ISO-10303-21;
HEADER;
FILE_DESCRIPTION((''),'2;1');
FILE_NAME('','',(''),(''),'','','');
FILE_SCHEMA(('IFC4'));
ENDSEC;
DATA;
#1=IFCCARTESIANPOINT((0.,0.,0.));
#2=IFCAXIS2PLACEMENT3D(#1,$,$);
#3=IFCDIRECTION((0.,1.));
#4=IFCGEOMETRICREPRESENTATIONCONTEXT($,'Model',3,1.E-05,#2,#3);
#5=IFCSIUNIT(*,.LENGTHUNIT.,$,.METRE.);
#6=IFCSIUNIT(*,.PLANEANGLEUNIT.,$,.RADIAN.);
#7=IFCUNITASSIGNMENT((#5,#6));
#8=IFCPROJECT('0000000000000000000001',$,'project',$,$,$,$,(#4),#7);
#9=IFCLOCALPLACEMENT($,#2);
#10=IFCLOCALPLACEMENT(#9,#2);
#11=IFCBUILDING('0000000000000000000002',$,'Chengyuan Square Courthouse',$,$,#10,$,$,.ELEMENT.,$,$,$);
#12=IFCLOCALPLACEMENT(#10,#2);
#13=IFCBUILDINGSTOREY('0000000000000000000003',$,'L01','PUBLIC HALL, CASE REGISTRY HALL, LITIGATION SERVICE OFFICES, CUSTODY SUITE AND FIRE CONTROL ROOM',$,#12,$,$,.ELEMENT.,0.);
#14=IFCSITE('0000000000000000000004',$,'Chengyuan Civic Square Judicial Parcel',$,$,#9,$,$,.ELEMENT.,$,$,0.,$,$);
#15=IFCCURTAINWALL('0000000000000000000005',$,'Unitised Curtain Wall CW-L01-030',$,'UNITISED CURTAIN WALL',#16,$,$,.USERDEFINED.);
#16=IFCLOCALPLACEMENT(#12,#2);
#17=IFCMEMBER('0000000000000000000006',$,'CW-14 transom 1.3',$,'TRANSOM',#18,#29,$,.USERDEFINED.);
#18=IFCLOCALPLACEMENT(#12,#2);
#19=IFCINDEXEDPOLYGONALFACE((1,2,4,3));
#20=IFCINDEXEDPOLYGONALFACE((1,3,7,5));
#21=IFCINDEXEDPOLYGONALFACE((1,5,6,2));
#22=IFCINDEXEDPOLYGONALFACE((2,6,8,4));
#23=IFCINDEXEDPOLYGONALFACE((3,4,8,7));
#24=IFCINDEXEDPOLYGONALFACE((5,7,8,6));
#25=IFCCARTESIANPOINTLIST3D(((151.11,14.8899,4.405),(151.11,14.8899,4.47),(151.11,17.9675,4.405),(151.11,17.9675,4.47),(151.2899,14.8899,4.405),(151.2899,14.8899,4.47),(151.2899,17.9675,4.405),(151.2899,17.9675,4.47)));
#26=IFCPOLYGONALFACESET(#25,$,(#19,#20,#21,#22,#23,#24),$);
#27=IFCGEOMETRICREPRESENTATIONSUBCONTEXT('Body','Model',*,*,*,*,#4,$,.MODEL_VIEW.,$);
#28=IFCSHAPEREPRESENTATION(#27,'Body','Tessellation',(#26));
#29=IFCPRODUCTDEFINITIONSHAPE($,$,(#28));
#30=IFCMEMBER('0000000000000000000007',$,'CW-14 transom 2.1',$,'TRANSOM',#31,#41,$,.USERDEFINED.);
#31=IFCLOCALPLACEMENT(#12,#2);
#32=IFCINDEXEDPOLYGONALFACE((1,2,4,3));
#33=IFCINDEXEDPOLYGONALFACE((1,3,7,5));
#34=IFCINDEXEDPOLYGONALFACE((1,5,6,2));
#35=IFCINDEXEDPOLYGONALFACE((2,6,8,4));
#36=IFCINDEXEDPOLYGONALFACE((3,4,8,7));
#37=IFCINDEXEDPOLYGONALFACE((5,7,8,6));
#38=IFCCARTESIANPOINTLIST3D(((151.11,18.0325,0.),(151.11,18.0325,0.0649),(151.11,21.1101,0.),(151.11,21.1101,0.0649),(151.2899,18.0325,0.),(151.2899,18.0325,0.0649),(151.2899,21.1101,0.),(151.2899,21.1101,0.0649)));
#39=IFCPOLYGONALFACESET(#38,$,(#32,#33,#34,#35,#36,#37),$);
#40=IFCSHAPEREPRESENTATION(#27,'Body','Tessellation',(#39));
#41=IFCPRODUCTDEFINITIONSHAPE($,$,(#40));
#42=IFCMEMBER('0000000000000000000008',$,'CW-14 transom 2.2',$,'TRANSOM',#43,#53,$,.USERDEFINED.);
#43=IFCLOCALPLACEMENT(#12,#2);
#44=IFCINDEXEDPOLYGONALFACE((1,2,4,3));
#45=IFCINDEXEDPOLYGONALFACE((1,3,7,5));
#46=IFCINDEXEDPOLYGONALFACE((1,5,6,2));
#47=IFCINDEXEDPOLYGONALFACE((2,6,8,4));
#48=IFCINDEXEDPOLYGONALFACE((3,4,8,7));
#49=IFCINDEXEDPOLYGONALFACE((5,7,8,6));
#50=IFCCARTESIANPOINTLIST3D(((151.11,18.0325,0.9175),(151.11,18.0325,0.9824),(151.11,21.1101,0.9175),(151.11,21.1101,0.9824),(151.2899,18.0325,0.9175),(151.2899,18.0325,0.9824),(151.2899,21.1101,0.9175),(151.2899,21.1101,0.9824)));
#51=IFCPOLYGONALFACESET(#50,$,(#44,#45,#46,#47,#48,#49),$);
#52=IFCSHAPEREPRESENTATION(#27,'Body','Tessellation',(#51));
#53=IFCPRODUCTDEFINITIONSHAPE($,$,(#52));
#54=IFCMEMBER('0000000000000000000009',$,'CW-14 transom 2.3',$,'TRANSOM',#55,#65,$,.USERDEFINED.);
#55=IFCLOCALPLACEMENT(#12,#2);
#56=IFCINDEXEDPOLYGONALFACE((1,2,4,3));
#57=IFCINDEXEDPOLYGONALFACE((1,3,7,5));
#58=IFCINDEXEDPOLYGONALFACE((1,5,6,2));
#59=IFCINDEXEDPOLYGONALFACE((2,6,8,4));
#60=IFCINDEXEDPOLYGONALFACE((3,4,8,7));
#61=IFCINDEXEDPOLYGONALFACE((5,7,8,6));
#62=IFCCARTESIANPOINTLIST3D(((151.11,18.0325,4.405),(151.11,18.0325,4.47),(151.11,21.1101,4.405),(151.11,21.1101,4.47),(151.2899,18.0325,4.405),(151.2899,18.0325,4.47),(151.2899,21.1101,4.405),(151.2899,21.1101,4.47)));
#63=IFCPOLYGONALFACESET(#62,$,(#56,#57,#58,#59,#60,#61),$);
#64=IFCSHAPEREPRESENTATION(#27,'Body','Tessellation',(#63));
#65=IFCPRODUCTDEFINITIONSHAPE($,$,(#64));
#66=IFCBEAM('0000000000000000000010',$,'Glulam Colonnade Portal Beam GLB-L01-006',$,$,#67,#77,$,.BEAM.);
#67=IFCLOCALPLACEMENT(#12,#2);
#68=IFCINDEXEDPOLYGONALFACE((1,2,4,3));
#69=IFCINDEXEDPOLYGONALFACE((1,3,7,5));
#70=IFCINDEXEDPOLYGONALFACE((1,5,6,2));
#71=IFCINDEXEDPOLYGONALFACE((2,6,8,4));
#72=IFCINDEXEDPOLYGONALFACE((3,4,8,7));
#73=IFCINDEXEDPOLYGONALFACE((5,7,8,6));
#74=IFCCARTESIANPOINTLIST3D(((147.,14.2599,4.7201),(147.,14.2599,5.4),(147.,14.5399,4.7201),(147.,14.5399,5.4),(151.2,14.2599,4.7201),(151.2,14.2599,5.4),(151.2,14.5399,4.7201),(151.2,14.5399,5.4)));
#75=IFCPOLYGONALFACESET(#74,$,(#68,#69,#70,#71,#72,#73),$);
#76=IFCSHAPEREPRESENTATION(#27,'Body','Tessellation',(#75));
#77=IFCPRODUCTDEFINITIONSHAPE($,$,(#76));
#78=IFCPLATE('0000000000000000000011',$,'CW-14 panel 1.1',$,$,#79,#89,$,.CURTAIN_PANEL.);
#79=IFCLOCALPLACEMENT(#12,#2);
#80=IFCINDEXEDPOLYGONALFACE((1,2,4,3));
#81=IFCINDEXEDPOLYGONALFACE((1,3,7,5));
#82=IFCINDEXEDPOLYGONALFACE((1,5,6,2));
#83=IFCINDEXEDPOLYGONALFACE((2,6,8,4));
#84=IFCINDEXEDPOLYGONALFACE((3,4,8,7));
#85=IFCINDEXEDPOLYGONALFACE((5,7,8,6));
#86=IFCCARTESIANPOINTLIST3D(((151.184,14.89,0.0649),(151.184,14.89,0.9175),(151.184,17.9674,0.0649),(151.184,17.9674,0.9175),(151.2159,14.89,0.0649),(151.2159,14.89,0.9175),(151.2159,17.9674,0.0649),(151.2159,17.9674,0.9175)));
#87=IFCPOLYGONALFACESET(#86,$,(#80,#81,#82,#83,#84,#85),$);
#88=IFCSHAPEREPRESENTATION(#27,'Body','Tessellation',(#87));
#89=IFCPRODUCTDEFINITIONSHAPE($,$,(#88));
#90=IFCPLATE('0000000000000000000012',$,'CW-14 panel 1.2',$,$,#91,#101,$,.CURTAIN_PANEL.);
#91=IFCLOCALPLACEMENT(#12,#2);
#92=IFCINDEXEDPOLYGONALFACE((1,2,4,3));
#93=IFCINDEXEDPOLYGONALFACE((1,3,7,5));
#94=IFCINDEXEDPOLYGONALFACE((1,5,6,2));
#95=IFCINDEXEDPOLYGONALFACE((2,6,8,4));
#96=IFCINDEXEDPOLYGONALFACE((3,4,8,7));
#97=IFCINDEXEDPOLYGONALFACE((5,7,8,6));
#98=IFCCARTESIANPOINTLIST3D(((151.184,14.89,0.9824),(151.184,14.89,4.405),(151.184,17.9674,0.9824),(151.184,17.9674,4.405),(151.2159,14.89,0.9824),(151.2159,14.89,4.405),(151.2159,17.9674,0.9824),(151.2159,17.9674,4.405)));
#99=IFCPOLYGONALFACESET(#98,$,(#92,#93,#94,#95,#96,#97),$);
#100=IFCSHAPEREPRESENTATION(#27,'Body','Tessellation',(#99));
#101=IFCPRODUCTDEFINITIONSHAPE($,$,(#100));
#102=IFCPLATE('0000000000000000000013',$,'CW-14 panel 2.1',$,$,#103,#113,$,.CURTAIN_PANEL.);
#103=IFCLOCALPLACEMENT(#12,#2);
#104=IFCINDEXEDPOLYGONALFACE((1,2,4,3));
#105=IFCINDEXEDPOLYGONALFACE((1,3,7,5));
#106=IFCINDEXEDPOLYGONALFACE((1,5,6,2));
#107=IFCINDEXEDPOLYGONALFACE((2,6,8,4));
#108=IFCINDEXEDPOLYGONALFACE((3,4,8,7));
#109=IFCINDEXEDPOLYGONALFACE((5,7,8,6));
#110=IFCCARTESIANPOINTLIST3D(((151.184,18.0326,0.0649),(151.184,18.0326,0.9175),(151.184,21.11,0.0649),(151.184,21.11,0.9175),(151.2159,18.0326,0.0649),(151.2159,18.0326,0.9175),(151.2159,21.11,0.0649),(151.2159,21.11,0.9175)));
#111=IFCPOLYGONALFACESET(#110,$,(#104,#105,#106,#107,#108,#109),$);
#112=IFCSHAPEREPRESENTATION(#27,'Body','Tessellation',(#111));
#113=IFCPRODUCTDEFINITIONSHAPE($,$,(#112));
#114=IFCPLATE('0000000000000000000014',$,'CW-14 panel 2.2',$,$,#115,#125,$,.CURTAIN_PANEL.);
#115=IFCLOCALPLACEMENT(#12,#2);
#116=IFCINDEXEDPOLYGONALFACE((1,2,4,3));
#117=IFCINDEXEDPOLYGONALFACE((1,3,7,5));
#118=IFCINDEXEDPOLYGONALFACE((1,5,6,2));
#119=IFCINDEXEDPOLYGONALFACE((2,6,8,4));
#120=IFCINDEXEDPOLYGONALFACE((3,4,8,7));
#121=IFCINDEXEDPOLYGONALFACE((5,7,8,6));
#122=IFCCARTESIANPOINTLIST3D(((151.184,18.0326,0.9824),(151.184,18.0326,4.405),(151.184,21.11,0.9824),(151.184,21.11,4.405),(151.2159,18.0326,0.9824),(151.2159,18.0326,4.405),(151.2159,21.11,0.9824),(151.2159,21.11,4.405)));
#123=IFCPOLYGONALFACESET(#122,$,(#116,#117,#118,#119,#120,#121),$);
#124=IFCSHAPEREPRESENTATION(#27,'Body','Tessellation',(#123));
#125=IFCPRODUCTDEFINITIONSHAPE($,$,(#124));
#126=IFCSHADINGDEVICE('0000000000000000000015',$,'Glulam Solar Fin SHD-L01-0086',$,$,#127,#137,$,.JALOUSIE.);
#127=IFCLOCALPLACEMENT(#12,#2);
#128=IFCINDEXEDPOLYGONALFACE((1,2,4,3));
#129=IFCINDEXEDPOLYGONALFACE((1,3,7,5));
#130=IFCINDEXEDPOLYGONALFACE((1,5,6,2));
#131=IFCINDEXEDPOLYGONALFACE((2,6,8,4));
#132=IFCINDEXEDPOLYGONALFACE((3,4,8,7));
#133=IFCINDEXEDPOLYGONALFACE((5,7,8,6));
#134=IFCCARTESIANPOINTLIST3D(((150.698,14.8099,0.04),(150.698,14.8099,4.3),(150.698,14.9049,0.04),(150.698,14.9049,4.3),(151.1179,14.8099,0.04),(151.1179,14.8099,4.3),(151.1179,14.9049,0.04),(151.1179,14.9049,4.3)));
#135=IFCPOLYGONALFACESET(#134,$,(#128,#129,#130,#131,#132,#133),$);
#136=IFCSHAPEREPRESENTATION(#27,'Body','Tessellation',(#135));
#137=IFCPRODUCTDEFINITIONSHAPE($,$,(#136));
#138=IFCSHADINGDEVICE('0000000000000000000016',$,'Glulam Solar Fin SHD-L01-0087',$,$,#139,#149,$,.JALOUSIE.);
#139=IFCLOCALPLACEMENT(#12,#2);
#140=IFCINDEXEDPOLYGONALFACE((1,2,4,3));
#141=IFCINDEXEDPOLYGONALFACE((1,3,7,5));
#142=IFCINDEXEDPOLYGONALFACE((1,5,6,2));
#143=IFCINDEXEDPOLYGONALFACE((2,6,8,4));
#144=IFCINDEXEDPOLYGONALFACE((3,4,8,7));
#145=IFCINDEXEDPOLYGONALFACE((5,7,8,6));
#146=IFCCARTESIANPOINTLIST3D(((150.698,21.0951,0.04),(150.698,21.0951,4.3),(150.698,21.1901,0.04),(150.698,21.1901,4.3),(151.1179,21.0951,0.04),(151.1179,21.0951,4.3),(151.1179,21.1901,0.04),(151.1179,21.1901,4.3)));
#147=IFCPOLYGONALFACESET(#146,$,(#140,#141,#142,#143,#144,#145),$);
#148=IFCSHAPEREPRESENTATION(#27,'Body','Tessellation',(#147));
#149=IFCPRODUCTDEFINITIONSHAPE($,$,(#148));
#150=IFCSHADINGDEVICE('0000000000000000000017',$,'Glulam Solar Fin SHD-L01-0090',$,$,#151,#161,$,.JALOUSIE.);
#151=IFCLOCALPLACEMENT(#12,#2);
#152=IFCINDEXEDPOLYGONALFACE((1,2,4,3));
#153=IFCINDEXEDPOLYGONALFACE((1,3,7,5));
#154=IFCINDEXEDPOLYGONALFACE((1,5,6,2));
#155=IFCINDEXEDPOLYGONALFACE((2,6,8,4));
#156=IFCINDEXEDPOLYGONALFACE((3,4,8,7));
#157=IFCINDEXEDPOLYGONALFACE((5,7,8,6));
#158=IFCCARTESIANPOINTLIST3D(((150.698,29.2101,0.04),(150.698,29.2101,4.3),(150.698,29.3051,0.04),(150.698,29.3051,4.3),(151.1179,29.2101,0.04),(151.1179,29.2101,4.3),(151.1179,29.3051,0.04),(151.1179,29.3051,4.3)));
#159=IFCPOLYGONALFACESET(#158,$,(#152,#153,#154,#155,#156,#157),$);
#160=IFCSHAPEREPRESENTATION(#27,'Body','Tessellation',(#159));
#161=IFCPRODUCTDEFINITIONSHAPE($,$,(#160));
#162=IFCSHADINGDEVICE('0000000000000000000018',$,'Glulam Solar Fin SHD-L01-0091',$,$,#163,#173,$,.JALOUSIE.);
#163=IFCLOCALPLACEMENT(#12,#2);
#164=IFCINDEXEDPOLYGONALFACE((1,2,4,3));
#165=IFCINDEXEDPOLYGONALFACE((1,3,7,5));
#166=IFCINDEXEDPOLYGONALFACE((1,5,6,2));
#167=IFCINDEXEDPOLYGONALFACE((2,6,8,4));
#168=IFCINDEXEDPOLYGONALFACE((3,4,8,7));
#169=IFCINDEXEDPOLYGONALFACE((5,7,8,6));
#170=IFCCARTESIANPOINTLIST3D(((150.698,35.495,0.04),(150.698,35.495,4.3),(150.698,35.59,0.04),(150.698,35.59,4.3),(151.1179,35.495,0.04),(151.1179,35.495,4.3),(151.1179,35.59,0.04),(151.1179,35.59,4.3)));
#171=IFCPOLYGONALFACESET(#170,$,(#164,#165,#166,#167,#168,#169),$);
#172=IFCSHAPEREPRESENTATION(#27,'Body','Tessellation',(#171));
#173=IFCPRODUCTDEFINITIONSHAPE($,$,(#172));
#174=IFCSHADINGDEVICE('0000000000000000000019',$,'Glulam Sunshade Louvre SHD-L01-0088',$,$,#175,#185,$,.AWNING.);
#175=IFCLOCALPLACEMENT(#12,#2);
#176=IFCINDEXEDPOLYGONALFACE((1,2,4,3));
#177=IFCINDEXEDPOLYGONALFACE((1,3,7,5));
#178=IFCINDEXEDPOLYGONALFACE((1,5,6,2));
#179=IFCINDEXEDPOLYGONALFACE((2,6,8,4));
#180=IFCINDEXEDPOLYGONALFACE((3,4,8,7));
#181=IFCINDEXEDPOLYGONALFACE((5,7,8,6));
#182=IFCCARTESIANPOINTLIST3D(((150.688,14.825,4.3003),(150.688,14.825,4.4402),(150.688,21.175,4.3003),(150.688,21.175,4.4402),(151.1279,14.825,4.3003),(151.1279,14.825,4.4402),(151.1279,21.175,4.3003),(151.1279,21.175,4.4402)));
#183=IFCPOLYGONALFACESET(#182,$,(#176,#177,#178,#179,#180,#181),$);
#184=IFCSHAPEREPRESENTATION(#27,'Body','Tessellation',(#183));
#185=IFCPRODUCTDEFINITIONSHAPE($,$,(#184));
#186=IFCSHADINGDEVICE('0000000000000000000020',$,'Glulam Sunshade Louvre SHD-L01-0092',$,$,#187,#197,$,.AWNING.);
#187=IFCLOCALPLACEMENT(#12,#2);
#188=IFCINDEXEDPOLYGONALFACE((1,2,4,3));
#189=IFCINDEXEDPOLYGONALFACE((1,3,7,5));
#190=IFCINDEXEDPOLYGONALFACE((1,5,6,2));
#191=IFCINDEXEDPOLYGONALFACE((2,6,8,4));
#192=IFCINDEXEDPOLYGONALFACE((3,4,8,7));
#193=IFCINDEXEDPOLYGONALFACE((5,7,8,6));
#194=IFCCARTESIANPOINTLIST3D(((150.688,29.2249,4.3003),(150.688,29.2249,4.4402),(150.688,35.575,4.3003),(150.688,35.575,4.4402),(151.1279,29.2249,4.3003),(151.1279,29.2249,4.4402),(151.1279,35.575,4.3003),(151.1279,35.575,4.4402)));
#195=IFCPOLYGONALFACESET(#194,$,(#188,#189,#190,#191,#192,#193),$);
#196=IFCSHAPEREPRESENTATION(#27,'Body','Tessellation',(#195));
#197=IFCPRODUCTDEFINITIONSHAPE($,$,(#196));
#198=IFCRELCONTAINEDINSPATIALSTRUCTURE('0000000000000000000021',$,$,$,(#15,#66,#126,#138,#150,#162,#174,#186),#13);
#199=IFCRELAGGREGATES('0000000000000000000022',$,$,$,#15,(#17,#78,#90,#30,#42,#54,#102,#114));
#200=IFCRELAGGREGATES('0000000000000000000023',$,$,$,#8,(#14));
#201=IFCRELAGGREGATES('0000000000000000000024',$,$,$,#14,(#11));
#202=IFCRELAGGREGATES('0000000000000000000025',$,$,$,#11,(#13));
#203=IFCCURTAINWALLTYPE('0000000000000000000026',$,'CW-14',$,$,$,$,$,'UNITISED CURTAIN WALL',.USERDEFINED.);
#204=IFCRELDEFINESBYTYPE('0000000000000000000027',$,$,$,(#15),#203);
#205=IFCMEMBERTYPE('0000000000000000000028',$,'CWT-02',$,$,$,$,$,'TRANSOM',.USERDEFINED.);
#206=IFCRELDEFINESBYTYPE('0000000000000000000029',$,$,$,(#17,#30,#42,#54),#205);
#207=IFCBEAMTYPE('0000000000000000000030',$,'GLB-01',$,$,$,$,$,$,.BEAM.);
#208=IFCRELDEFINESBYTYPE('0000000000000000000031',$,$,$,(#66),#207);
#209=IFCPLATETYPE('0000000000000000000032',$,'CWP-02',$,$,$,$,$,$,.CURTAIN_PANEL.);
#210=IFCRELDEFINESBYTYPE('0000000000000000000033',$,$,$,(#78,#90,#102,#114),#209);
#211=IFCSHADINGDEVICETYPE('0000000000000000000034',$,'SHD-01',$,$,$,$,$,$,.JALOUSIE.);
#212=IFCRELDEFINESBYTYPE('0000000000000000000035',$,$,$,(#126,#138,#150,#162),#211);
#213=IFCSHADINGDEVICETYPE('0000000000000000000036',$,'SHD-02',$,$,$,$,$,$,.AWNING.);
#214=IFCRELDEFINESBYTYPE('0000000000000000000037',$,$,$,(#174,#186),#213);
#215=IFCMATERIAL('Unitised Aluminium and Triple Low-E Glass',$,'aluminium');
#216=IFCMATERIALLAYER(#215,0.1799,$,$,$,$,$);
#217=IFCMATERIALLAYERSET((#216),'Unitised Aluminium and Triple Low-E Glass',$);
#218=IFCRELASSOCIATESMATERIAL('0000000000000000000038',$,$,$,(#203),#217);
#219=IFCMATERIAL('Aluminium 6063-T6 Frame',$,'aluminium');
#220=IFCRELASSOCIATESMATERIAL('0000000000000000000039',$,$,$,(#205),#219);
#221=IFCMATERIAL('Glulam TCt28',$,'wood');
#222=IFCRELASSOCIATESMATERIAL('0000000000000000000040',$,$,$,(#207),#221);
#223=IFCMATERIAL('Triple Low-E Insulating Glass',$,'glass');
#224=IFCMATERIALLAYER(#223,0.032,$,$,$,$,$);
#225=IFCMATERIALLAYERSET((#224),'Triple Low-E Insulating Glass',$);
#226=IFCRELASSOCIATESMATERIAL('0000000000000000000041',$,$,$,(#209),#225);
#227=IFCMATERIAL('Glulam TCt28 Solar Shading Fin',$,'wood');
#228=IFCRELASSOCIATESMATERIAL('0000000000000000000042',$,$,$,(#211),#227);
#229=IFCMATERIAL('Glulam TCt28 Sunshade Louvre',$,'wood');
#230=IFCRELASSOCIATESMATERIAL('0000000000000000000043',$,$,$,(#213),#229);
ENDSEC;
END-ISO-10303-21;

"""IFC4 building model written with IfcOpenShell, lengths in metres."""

from ifc_helpers import new_model, si_unit, direction, frame, origin, origin_2d, place, context, subcontext, project, spatial, rectangle, extrude, material, layer, layer_set, material_profile, profile_set, type_object, element, aggregate, save


model = new_model("IFC4")

# Units and contexts
model_context = context("Model", 3, precision=1e-05, world=origin(), true_north=direction((0.0, 1.0)))
body_context = subcontext(model_context, "Body", "Model", "MODEL_VIEW")
ifc_project = project(units=[si_unit("LENGTHUNIT", "METRE"), si_unit("PLANEANGLEUNIT", "RADIAN")], contexts=[model_context])

# Site, building, storey
site_placement = place(None, origin())
site = spatial("IfcSite", under=ifc_project, at=site_placement, Name="Chengyuan Civic Square Judicial Parcel", CompositionType="ELEMENT", RefElevation=0.0)
building_placement = place(site_placement, origin())
building = spatial("IfcBuilding", under=site, at=building_placement, Name="Chengyuan Square Courthouse", CompositionType="ELEMENT")
storey_placement = place(building_placement, origin())
storey = spatial("IfcBuildingStorey", under=building, at=storey_placement, Name="L01", Description="PUBLIC HALL, CASE REGISTRY HALL, LITIGATION SERVICE OFFICES, CUSTODY SUITE AND FIRE CONTROL ROOM", CompositionType="ELEMENT", Elevation=0.0)

# Shared definitions
ifc_material_1 = material(Name="Glulam TCt28", Category="wood")

# Curtain wall, members
ifc_material_2 = material(Name="Unitised Aluminium and Triple Low-E Glass", Category="aluminium")
ifc_layer_1 = layer(ifc_material_2, 0.1799)
ifc_layer_set_1 = layer_set([ifc_layer_1], Name="Unitised Aluminium and Triple Low-E Glass")
curtain_wall_type = type_object("IfcCurtainWallType", Name="CW-14", ElementType="UNITISED CURTAIN WALL", PredefinedType="USERDEFINED", material=ifc_layer_set_1)
curtain_wall_placement = place(storey_placement, origin())
curtain_wall = element("IfcCurtainWall", 1, at=curtain_wall_placement, inside=storey, type_object=curtain_wall_type, Name="Unitised Curtain Wall CW-L01-030", ObjectType="UNITISED CURTAIN WALL", PredefinedType="USERDEFINED")
ifc_material_3 = material(Name="Aluminium 6063-T6 Frame", Category="aluminium")
ifc_material_profile_1 = material_profile(ifc_material_3, rectangle(XDim=0.1799, YDim=0.0649, at=origin_2d()), Name="CW-TRN-65x140")
ifc_profile_set_1 = profile_set([ifc_material_profile_1], Name="Aluminium 6063-T6 Frame")
member_type_1 = type_object("IfcMemberType", Name="CWT-02", ElementType="TRANSOM", PredefinedType="USERDEFINED", material=ifc_profile_set_1)
member_1_placement = place(storey_placement, frame((151.2, 14.8899, 4.4375), z_axis=(0.0, 1.0, 0.0), x_axis=(-1.0, 0.0, 0.0)))
member_1 = element("IfcMember", 2, at=member_1_placement, type_object=member_type_1, Name="CW-14 transom 1.3", ObjectType="TRANSOM", PredefinedType="USERDEFINED", context=body_context, shape_type="SweptSolid", body=[
    extrude(rectangle(XDim=0.1799, YDim=0.0649, at=origin_2d()), origin(), (0.0, 0.0, 1.0), 3.0776),
])
member_2_placement = place(storey_placement, frame((151.2, 18.0325, 0.0325), z_axis=(0.0, 1.0, 0.0), x_axis=(-1.0, 0.0, 0.0)))
member_2 = element("IfcMember", 3, at=member_2_placement, type_object=member_type_1, Name="CW-14 transom 2.1", ObjectType="TRANSOM", PredefinedType="USERDEFINED", context=body_context, shape_type="SweptSolid", body=[
    extrude(rectangle(XDim=0.1799, YDim=0.0649, at=origin_2d()), origin(), (0.0, 0.0, 1.0), 3.0776),
])
member_3_placement = place(storey_placement, frame((151.2, 18.0325, 0.95), z_axis=(0.0, 1.0, 0.0), x_axis=(-1.0, 0.0, 0.0)))
member_3 = element("IfcMember", 4, at=member_3_placement, type_object=member_type_1, Name="CW-14 transom 2.2", ObjectType="TRANSOM", PredefinedType="USERDEFINED", context=body_context, shape_type="SweptSolid", body=[
    extrude(rectangle(XDim=0.1799, YDim=0.0649, at=origin_2d()), origin(), (0.0, 0.0, 1.0), 3.0776),
])
member_4_placement = place(storey_placement, frame((151.2, 18.0325, 4.4375), z_axis=(0.0, 1.0, 0.0), x_axis=(-1.0, 0.0, 0.0)))
member_4 = element("IfcMember", 5, at=member_4_placement, type_object=member_type_1, Name="CW-14 transom 2.3", ObjectType="TRANSOM", PredefinedType="USERDEFINED", context=body_context, shape_type="SweptSolid", body=[
    extrude(rectangle(XDim=0.1799, YDim=0.0649, at=origin_2d()), origin(), (0.0, 0.0, 1.0), 3.0776),
])

# Beam
ifc_material_profile_2 = material_profile(ifc_material_1, rectangle(XDim=0.28, YDim=0.6799, at=origin_2d()), Name="GL-BM-280x680")
ifc_profile_set_2 = profile_set([ifc_material_profile_2], Name="Glulam TCt28")
beam_type_1 = type_object("IfcBeamType", Name="GLB-01", PredefinedType="BEAM", material=ifc_profile_set_2)
beam_1_placement = place(storey_placement, frame((151.2, 14.3999, 5.0601), z_axis=(-1.0, 0.0, 0.0), x_axis=(0.0, -1.0, 0.0)))
element("IfcBeam", 6, at=beam_1_placement, inside=storey, type_object=beam_type_1, Name="Glulam Colonnade Portal Beam GLB-L01-006", PredefinedType="BEAM", context=body_context, shape_type="SweptSolid", body=[
    extrude(rectangle(XDim=0.28, YDim=0.6799, at=origin_2d()), origin(), (0.0, 0.0, 1.0), 4.2),
])

# Plates
ifc_material_4 = material(Name="Triple Low-E Insulating Glass", Category="glass")
ifc_layer_2 = layer(ifc_material_4, 0.032)
ifc_layer_set_2 = layer_set([ifc_layer_2], Name="Triple Low-E Insulating Glass")
plate_type = type_object("IfcPlateType", Name="CWP-02", PredefinedType="CURTAIN_PANEL", material=ifc_layer_set_2)
plate_1_placement = place(storey_placement, frame((151.2, 16.4287, 0.0649), z_axis=(0.0, 0.0, 1.0), x_axis=(0.0, 1.0, 0.0)))
plate_1 = element("IfcPlate", 7, at=plate_1_placement, type_object=plate_type, Name="CW-14 panel 1.1", PredefinedType="CURTAIN_PANEL", context=body_context, shape_type="SweptSolid", body=[
    extrude(rectangle(XDim=3.0774, YDim=0.032, at=origin_2d()), origin(), (0.0, 0.0, 1.0), 0.8525),
])
plate_2_placement = place(storey_placement, frame((151.2, 16.4287, 0.9824), z_axis=(0.0, 0.0, 1.0), x_axis=(0.0, 1.0, 0.0)))
plate_2 = element("IfcPlate", 8, at=plate_2_placement, type_object=plate_type, Name="CW-14 panel 1.2", PredefinedType="CURTAIN_PANEL", context=body_context, shape_type="SweptSolid", body=[
    extrude(rectangle(XDim=3.0774, YDim=0.032, at=origin_2d()), origin(), (0.0, 0.0, 1.0), 3.4226),
])
plate_3_placement = place(storey_placement, frame((151.2, 19.5713, 0.0649), z_axis=(0.0, 0.0, 1.0), x_axis=(0.0, 1.0, 0.0)))
plate_3 = element("IfcPlate", 9, at=plate_3_placement, type_object=plate_type, Name="CW-14 panel 2.1", PredefinedType="CURTAIN_PANEL", context=body_context, shape_type="SweptSolid", body=[
    extrude(rectangle(XDim=3.0774, YDim=0.032, at=origin_2d()), origin(), (0.0, 0.0, 1.0), 0.8525),
])
plate_4_placement = place(storey_placement, frame((151.2, 19.5713, 0.9824), z_axis=(0.0, 0.0, 1.0), x_axis=(0.0, 1.0, 0.0)))
plate_4 = element("IfcPlate", 10, at=plate_4_placement, type_object=plate_type, Name="CW-14 panel 2.2", PredefinedType="CURTAIN_PANEL", context=body_context, shape_type="SweptSolid", body=[
    extrude(rectangle(XDim=3.0774, YDim=0.032, at=origin_2d()), origin(), (0.0, 0.0, 1.0), 3.4226),
])
aggregate(curtain_wall, [member_1, plate_1, plate_2, member_2, member_3, member_4, plate_3, plate_4])

# Shading devices
ifc_material_5 = material(Name="Glulam TCt28 Solar Shading Fin", Category="wood")
shading_device_type_1 = type_object("IfcShadingDeviceType", Name="SHD-01", PredefinedType="JALOUSIE", material=ifc_material_5)
for number, where, z_axis, x_axis, name in (
    (11, (150.908, 14.8574, 0.04), (0.0, 0.0, 1.0), (1.0, 0.0, 0.0), "Glulam Solar Fin SHD-L01-0086"),
    (12, (150.908, 21.1426, 0.04), (0.0, 0.0, 1.0), (1.0, 0.0, 0.0), "Glulam Solar Fin SHD-L01-0087"),
    (13, (150.908, 29.2576, 0.04), (0.0, 0.0, 1.0), (1.0, 0.0, 0.0), "Glulam Solar Fin SHD-L01-0090"),
    (14, (150.908, 35.5425, 0.04), (0.0, 0.0, 1.0), (1.0, 0.0, 0.0), "Glulam Solar Fin SHD-L01-0091"),
):
    element("IfcShadingDevice", number, at=place(storey_placement, frame(where, z_axis=z_axis, x_axis=x_axis)), inside=storey, type_object=shading_device_type_1, Name=name, PredefinedType="JALOUSIE", context=body_context, shape_type="SweptSolid", body=[
        extrude(rectangle(XDim=0.4199, YDim=0.095, at=origin_2d()), origin(), (0.0, 0.0, 1.0), 4.26),
    ])
ifc_material_6 = material(Name="Glulam TCt28 Sunshade Louvre", Category="wood")
shading_device_type_2 = type_object("IfcShadingDeviceType", Name="SHD-02", PredefinedType="AWNING", material=ifc_material_6)
for number, where, z_axis, x_axis, name in (
    (15, (150.908, 18.0, 4.3003), (0.0, 0.0, 1.0), (0.0, 1.0, 0.0), "Glulam Sunshade Louvre SHD-L01-0088"),
    (16, (150.908, 32.3999, 4.3003), (0.0, 0.0, 1.0), (0.0, 1.0, 0.0), "Glulam Sunshade Louvre SHD-L01-0092"),
):
    element("IfcShadingDevice", number, at=place(storey_placement, frame(where, z_axis=z_axis, x_axis=x_axis)), inside=storey, type_object=shading_device_type_2, Name=name, PredefinedType="AWNING", context=body_context, shape_type="SweptSolid", body=[
        extrude(rectangle(XDim=6.3501, YDim=0.4399, at=origin_2d()), origin(), (0.0, 0.0, 1.0), 0.1399),
    ])

save(model, "model.ifc")
